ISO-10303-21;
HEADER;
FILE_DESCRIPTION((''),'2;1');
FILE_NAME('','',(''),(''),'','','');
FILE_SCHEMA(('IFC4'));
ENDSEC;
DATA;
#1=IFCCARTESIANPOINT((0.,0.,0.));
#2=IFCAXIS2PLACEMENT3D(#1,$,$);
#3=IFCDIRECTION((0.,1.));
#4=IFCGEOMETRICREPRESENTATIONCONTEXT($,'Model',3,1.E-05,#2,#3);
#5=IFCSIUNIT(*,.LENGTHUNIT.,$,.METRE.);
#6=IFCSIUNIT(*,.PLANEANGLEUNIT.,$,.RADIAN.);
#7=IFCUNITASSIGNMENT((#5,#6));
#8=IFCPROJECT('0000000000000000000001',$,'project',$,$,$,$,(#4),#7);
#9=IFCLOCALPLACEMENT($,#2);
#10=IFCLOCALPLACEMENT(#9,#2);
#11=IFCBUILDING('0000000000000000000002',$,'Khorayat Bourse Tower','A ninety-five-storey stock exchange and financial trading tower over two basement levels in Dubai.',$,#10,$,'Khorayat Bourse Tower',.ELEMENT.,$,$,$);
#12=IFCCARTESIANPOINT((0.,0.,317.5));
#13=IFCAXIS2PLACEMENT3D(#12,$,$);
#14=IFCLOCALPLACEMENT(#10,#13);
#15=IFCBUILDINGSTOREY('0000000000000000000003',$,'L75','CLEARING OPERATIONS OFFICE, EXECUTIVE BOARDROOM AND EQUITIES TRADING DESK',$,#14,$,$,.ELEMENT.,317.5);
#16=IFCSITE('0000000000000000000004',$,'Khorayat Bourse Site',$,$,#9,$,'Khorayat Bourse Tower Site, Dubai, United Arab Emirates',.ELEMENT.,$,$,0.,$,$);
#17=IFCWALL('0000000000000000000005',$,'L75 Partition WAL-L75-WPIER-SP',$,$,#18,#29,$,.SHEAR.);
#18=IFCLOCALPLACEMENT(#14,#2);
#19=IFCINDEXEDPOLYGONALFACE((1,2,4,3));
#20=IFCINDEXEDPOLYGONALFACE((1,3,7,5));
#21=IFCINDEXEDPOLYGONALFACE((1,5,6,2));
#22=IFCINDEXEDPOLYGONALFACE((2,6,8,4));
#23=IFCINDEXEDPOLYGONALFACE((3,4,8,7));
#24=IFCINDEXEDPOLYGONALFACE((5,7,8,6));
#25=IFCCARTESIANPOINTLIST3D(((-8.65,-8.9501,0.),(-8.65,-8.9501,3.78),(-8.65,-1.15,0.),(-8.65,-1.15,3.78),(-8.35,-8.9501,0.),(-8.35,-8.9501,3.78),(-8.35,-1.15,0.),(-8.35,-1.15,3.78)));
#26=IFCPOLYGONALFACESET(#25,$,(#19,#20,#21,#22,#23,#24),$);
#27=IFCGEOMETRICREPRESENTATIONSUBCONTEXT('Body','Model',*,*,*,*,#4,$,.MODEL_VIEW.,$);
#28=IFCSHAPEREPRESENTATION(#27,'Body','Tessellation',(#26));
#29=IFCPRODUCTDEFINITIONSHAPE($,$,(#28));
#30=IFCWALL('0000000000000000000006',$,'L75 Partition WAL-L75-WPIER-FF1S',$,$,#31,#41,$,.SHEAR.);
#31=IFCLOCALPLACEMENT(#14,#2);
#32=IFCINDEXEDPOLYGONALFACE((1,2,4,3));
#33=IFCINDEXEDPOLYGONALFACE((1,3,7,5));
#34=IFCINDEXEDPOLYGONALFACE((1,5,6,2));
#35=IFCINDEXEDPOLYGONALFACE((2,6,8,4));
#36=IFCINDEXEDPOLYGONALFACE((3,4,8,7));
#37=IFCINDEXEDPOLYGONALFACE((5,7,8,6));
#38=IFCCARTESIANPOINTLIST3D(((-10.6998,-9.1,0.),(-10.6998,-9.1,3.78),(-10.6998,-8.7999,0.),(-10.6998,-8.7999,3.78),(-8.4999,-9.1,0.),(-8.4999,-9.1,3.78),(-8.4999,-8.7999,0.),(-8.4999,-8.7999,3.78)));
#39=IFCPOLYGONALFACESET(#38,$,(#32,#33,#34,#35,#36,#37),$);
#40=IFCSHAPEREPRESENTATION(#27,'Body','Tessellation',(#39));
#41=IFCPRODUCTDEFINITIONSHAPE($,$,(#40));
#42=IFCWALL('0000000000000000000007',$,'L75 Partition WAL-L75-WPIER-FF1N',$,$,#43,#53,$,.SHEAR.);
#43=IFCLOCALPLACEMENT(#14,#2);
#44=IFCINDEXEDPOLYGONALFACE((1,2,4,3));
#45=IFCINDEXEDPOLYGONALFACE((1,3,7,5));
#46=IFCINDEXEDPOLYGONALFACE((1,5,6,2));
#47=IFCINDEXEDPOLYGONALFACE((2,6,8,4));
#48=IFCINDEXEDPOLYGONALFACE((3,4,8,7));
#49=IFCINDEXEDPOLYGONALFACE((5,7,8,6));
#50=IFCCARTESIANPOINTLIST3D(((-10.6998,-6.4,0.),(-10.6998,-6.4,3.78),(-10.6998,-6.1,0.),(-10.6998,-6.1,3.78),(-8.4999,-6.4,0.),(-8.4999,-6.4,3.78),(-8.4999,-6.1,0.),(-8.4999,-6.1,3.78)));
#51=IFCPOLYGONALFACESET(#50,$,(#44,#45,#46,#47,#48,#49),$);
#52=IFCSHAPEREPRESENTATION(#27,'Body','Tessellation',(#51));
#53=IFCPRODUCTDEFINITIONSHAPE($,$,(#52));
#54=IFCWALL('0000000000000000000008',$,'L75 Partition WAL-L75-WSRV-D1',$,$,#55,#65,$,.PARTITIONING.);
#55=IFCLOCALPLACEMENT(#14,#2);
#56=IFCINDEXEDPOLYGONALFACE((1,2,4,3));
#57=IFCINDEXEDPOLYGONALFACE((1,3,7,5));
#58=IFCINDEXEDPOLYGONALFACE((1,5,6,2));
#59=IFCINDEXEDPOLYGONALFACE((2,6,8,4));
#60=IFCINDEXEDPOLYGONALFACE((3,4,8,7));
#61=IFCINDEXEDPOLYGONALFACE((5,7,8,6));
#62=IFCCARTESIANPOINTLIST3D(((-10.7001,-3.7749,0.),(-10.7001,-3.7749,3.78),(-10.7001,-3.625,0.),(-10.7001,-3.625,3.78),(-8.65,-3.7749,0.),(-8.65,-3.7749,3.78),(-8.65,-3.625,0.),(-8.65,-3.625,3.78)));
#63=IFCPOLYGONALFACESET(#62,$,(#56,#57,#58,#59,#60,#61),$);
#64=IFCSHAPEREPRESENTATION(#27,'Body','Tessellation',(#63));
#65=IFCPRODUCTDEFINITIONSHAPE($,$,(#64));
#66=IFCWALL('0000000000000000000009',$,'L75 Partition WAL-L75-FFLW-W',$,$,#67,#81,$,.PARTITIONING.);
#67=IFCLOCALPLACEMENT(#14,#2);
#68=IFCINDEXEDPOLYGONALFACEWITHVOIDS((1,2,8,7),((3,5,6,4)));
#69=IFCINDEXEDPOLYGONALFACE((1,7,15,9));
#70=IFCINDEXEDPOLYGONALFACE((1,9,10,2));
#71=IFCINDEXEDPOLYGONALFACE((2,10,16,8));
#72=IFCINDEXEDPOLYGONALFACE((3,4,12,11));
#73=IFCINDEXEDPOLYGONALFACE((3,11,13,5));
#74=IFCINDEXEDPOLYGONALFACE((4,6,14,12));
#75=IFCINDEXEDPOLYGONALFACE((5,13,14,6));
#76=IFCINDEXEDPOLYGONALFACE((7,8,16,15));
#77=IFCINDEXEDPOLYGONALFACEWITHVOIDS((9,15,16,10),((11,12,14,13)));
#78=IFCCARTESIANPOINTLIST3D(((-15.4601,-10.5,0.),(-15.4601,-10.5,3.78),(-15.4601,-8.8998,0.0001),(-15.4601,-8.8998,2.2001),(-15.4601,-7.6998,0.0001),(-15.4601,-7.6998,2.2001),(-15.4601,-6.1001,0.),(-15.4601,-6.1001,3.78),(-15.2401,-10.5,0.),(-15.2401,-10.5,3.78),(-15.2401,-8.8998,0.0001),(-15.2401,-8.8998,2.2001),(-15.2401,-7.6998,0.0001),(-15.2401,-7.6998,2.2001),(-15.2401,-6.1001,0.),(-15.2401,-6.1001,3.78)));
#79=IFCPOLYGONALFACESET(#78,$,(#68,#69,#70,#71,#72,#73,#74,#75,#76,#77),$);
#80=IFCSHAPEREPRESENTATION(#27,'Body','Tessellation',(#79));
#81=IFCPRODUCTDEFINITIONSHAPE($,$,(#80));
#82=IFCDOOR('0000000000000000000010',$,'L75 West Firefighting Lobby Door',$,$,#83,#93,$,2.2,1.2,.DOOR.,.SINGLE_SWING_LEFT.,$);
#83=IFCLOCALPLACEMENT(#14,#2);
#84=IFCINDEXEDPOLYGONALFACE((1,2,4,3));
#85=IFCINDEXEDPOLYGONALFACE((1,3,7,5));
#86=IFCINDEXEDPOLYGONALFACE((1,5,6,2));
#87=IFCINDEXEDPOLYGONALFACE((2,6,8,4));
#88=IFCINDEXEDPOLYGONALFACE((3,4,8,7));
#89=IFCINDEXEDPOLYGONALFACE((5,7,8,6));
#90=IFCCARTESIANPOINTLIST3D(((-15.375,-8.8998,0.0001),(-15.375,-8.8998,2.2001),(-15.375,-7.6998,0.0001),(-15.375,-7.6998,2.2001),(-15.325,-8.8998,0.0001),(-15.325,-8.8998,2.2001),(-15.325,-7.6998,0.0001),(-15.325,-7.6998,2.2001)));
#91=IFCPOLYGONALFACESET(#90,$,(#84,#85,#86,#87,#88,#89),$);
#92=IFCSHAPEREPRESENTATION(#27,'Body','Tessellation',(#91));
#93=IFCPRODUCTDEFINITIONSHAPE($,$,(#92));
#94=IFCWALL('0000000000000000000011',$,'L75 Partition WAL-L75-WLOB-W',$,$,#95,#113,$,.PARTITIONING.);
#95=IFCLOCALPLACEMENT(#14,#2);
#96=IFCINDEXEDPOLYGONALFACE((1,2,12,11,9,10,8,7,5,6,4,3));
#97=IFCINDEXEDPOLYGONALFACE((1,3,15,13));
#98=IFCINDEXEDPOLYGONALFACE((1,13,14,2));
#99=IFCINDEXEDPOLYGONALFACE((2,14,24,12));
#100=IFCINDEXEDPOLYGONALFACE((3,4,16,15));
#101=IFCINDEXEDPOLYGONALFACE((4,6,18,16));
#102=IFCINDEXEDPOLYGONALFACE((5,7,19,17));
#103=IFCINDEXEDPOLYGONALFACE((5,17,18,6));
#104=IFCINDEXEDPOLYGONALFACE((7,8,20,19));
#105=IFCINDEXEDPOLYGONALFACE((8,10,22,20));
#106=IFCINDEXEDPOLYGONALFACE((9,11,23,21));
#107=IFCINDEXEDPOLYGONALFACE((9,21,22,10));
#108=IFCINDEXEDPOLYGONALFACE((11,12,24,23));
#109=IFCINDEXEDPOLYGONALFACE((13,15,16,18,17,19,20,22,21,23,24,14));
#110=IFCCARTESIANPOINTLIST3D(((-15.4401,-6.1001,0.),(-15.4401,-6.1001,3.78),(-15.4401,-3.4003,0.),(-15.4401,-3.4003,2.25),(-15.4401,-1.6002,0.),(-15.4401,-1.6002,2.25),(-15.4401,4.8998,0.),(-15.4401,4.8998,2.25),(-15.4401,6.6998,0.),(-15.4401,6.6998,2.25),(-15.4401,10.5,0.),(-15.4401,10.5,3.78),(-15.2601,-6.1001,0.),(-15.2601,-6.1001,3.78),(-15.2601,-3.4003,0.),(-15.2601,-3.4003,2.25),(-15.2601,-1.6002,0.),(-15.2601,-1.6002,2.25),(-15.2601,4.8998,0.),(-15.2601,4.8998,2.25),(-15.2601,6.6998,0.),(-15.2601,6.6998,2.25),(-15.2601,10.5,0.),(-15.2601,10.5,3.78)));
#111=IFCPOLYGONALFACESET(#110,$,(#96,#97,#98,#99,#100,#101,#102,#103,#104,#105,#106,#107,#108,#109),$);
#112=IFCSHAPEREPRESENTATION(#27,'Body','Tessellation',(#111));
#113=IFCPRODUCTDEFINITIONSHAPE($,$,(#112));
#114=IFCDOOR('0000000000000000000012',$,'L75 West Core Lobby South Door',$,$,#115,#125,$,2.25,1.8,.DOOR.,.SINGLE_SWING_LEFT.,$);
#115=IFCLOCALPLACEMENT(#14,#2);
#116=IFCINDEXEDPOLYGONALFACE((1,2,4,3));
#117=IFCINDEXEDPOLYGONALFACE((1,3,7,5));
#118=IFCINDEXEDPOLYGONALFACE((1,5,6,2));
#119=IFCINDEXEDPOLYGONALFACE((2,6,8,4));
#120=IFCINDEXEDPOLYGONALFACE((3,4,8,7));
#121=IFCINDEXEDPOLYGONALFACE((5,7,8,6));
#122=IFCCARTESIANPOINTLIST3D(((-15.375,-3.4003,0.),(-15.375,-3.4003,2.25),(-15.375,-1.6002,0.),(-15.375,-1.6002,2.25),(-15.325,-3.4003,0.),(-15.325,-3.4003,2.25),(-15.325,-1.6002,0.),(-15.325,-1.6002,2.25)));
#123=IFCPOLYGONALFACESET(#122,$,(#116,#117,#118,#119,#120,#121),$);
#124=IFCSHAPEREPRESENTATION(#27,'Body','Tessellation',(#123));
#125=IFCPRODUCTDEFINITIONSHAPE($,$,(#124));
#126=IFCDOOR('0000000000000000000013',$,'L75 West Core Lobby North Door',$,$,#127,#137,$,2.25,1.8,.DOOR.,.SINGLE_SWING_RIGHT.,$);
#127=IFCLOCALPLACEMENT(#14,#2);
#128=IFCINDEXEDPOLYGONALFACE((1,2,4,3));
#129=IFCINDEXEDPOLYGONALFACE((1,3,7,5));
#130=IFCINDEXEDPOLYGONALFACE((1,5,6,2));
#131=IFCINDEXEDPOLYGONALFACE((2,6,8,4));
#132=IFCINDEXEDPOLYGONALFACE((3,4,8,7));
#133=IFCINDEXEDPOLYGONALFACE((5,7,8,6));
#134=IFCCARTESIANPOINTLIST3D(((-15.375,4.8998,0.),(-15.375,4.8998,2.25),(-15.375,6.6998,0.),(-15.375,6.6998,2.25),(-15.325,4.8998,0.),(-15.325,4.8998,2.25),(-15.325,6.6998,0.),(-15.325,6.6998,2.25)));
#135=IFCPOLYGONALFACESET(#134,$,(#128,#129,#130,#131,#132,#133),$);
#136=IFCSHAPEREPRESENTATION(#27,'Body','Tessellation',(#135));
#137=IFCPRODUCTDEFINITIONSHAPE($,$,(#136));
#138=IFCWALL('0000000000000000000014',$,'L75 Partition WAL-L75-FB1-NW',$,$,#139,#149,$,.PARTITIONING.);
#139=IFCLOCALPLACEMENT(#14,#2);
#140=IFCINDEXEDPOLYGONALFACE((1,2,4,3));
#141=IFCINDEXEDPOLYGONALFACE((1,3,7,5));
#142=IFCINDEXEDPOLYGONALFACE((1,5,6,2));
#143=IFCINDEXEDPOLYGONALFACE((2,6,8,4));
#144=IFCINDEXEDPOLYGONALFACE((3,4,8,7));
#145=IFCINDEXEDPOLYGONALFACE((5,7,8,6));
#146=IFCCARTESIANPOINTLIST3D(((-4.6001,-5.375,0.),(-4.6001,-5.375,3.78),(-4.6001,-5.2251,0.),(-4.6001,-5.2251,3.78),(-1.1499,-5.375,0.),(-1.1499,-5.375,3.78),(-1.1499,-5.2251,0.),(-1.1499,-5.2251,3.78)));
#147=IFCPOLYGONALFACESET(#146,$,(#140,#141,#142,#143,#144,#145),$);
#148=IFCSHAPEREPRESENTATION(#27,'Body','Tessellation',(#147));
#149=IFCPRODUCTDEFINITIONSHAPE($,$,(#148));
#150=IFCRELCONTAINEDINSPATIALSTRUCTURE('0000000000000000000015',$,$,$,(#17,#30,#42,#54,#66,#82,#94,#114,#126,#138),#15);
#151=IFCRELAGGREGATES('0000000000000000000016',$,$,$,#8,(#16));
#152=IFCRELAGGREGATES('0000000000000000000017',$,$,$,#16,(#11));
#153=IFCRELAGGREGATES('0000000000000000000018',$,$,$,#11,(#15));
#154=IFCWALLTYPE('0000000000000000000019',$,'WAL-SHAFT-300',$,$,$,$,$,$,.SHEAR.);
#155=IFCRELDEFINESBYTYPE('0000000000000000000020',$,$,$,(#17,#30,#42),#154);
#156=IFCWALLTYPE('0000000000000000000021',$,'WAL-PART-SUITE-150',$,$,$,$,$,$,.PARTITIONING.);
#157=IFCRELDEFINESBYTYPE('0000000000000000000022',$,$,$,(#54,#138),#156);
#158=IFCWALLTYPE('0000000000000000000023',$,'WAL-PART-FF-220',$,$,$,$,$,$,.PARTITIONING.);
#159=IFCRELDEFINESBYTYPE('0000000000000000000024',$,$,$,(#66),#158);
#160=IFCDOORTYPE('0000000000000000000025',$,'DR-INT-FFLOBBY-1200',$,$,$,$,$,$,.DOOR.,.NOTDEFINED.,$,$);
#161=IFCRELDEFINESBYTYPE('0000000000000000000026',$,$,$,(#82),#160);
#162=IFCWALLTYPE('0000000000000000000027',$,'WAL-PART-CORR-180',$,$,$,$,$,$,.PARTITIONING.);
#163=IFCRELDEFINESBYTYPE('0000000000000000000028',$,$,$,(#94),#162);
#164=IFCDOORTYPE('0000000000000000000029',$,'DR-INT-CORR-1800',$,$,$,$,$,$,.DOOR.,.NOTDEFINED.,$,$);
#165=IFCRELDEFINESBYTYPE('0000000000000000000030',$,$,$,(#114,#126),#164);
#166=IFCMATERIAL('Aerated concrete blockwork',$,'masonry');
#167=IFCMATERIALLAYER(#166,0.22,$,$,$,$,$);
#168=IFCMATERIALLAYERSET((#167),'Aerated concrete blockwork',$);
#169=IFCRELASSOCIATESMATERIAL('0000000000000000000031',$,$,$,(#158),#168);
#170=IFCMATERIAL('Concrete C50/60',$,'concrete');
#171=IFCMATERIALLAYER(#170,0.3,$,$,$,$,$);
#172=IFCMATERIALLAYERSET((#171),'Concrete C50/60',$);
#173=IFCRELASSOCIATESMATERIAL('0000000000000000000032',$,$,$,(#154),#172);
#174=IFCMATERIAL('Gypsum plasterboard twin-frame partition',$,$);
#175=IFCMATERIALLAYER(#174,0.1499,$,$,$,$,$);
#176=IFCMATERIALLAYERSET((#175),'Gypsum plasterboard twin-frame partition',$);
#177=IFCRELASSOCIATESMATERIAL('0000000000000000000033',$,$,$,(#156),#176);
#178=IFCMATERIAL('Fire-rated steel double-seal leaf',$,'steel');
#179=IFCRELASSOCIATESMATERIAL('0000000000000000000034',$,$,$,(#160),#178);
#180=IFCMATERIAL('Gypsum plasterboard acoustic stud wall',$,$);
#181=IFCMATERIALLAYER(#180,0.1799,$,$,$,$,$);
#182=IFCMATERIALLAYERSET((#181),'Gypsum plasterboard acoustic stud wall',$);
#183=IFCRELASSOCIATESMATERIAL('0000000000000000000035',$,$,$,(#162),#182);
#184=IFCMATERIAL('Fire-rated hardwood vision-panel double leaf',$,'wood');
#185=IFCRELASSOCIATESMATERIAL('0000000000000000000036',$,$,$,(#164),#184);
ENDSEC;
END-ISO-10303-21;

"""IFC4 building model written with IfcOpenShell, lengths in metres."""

from ifc_helpers import new_model, si_unit, direction, frame, frame_2d, origin, place, context, subcontext, project, spatial, rectangle, extrude, source, transform, mapped, material, layer, layer_set, type_object, element, fill, save


model = new_model("IFC4")

# Units and contexts
model_context = context("Model", 3, precision=1e-05, world=origin(), true_north=direction((0.0, 1.0)))
body_context = subcontext(model_context, "Body", "Model", "MODEL_VIEW")
ifc_project = project(units=[si_unit("LENGTHUNIT", "METRE"), si_unit("PLANEANGLEUNIT", "RADIAN")], contexts=[model_context])

# Site, building, storey
site_placement = place(None, origin())
site = spatial("IfcSite", under=ifc_project, at=site_placement, Name="Khorayat Bourse Site", LongName="Khorayat Bourse Tower Site, Dubai, United Arab Emirates", CompositionType="ELEMENT", RefElevation=0.0)
building_placement = place(site_placement, origin())
building = spatial("IfcBuilding", under=site, at=building_placement, Name="Khorayat Bourse Tower", Description="A ninety-five-storey stock exchange and financial trading tower over two basement levels in Dubai.", LongName="Khorayat Bourse Tower", CompositionType="ELEMENT")
storey_placement = place(building_placement, frame((0.0, 0.0, 317.5)))
storey = spatial("IfcBuildingStorey", under=building, at=storey_placement, Name="L75", Description="CLEARING OPERATIONS OFFICE, EXECUTIVE BOARDROOM AND EQUITIES TRADING DESK", CompositionType="ELEMENT", Elevation=317.5)

# Walls
ifc_material_1 = material(Name="Aerated concrete blockwork", Category="masonry")
ifc_layer_1 = layer(ifc_material_1, 0.22)
ifc_layer_set_1 = layer_set([ifc_layer_1], Name="Aerated concrete blockwork")
wall_type_1 = type_object("IfcWallType", Name="WAL-PART-FF-220", PredefinedType="PARTITIONING", material=ifc_layer_set_1)
ifc_material_2 = material(Name="Concrete C50/60", Category="concrete")
ifc_layer_2 = layer(ifc_material_2, 0.3)
ifc_layer_set_2 = layer_set([ifc_layer_2], Name="Concrete C50/60")
wall_type_2 = type_object("IfcWallType", Name="WAL-SHAFT-300", PredefinedType="SHEAR", material=ifc_layer_set_2)
shared_shape_1 = source(origin(), body_context, "Body", "SweptSolid", [
    extrude(rectangle(XDim=7.8, YDim=0.3, at=frame_2d((3.8999, 0.0))), origin(), (0.0, 0.0, 1.0), 3.78),
])
wall_1_placement = place(storey_placement, frame((-8.5, -8.95, 0.0), z_axis=(0.0, 0.0, 1.0), x_axis=(0.0, 1.0, 0.0)))
element("IfcWall", 1, at=wall_1_placement, inside=storey, type_object=wall_type_2, Name="L75 Partition WAL-L75-WPIER-SP", PredefinedType="SHEAR", context=body_context, shape_type="MappedRepresentation", body=[
    mapped(shared_shape_1, transform((0.0, 0.0, 0.0), scale=1.0)),
])
shared_shape_2 = source(origin(), body_context, "Body", "SweptSolid", [
    extrude(rectangle(XDim=2.2, YDim=0.3, at=frame_2d((1.1001, 0.0))), origin(), (0.0, 0.0, 1.0), 3.78),
])
for number, where, z_axis, x_axis, name in (
    (2, (-10.7, -8.95, 0.0), (0.0, 0.0, 1.0), (1.0, 0.0, 0.0), "L75 Partition WAL-L75-WPIER-FF1S"),
    (3, (-10.7, -6.25, 0.0), (0.0, 0.0, 1.0), (1.0, 0.0, 0.0), "L75 Partition WAL-L75-WPIER-FF1N"),
):
    element("IfcWall", number, at=place(storey_placement, frame(where, z_axis=z_axis, x_axis=x_axis)), inside=storey, type_object=wall_type_2, Name=name, PredefinedType="SHEAR", context=body_context, shape_type="MappedRepresentation", body=[
        mapped(shared_shape_2, transform((0.0, 0.0, 0.0), scale=1.0)),
    ])
ifc_material_3 = material(Name="Gypsum plasterboard twin-frame partition")
ifc_layer_3 = layer(ifc_material_3, 0.1499)
ifc_layer_set_3 = layer_set([ifc_layer_3], Name="Gypsum plasterboard twin-frame partition")
wall_type_3 = type_object("IfcWallType", Name="WAL-PART-SUITE-150", PredefinedType="PARTITIONING", material=ifc_layer_set_3)
shared_shape_3 = source(origin(), body_context, "Body", "SweptSolid", [
    extrude(rectangle(XDim=2.05, YDim=0.1499, at=frame_2d((1.0249, 0.0))), origin(), (0.0, 0.0, 1.0), 3.78),
])
wall_2_placement = place(storey_placement, frame((-10.7, -3.7, 0.0), z_axis=(0.0, 0.0, 1.0), x_axis=(1.0, 0.0, 0.0)))
element("IfcWall", 4, at=wall_2_placement, inside=storey, type_object=wall_type_3, Name="L75 Partition WAL-L75-WSRV-D1", PredefinedType="PARTITIONING", context=body_context, shape_type="MappedRepresentation", body=[
    mapped(shared_shape_3, transform((0.0, 0.0, 0.0), scale=1.0)),
])

# Wall, opening, door
shared_shape_4 = source(origin(), body_context, "Body", "SweptSolid", [
    extrude(rectangle(XDim=4.3999, YDim=0.22, at=frame_2d((2.2, 0.0))), origin(), (0.0, 0.0, 1.0), 3.78),
])
wall_3_placement = place(storey_placement, frame((-15.3501, -10.5, 0.0), z_axis=(0.0, 0.0, 1.0), x_axis=(0.0, 1.0, 0.0)))
wall_3 = element("IfcWall", 5, at=wall_3_placement, inside=storey, type_object=wall_type_1, Name="L75 Partition WAL-L75-FFLW-W", PredefinedType="PARTITIONING", context=body_context, shape_type="MappedRepresentation", body=[
    mapped(shared_shape_4, transform((0.0, 0.0, 0.0), scale=1.0)),
])
shared_shape_5 = source(origin(), body_context, "Body", "SweptSolid", [
    extrude(rectangle(XDim=1.2, YDim=2.2, at=frame_2d((0.6001, 1.1001))), frame((0.0, 0.1199, 0.0), z_axis=(0.0, -1.0, 0.0), x_axis=(1.0, 0.0, 0.0)), (0.0, 0.0, 1.0), 0.24),
])
opening_1_placement = place(wall_3_placement, frame((1.6001, 0.0, 0.0)))
opening_1 = element("IfcOpeningElement", 6, at=opening_1_placement, cuts=wall_3, PredefinedType="OPENING", context=body_context, shape_type="MappedRepresentation", body=[
    mapped(shared_shape_5, transform((0.0, 0.0, 0.0), scale=1.0)),
])
ifc_material_4 = material(Name="Fire-rated steel double-seal leaf", Category="steel")
door_type_1 = type_object("IfcDoorType", Name="DR-INT-FFLOBBY-1200", OperationType="NOTDEFINED", PredefinedType="DOOR", material=ifc_material_4)
shared_shape_6 = source(origin(), body_context, "Body", "SweptSolid", [
    extrude(rectangle(XDim=1.2, YDim=2.2, at=frame_2d((0.6001, 1.1001))), frame((0.0, 0.0249, 0.0), z_axis=(0.0, -1.0, 0.0), x_axis=(1.0, 0.0, 0.0)), (0.0, 0.0, 1.0), 0.05),
])
door_1_placement = place(opening_1_placement, origin())
door_1 = element("IfcDoor", 7, at=door_1_placement, inside=storey, type_object=door_type_1, Name="L75 West Firefighting Lobby Door", OperationType="SINGLE_SWING_LEFT", OverallHeight=2.2, OverallWidth=1.2, PredefinedType="DOOR", context=body_context, shape_type="MappedRepresentation", body=[
    mapped(shared_shape_6, transform((0.0, 0.0, 0.0), scale=1.0)),
])
fill(opening_1, door_1)

# Wall, openings, doors
ifc_material_5 = material(Name="Gypsum plasterboard acoustic stud wall")
ifc_layer_4 = layer(ifc_material_5, 0.1799)
ifc_layer_set_4 = layer_set([ifc_layer_4], Name="Gypsum plasterboard acoustic stud wall")
wall_type_4 = type_object("IfcWallType", Name="WAL-PART-CORR-180", PredefinedType="PARTITIONING", material=ifc_layer_set_4)
shared_shape_7 = source(origin(), body_context, "Body", "SweptSolid", [
    extrude(rectangle(XDim=16.6001, YDim=0.1799, at=frame_2d((8.3, 0.0))), origin(), (0.0, 0.0, 1.0), 3.78),
])
wall_4_placement = place(storey_placement, frame((-15.3501, -6.1001, 0.0), z_axis=(0.0, 0.0, 1.0), x_axis=(0.0, 1.0, 0.0)))
wall_4 = element("IfcWall", 8, at=wall_4_placement, inside=storey, type_object=wall_type_4, Name="L75 Partition WAL-L75-WLOB-W", PredefinedType="PARTITIONING", context=body_context, shape_type="MappedRepresentation", body=[
    mapped(shared_shape_7, transform((0.0, 0.0, 0.0), scale=1.0)),
])
shared_shape_8 = source(origin(), body_context, "Body", "SweptSolid", [
    extrude(rectangle(XDim=1.8, YDim=2.25, at=frame_2d((0.8999, 1.125))), frame((0.0, 0.0999, 0.0), z_axis=(0.0, -1.0, 0.0), x_axis=(1.0, 0.0, 0.0)), (0.0, 0.0, 1.0), 0.2),
])
opening_2_placement = place(wall_4_placement, frame((2.7, 0.0, 0.0)))
opening_2 = element("IfcOpeningElement", 9, at=opening_2_placement, cuts=wall_4, PredefinedType="OPENING", context=body_context, shape_type="MappedRepresentation", body=[
    mapped(shared_shape_8, transform((0.0, 0.0, 0.0), scale=1.0)),
])
opening_3_placement = place(wall_4_placement, frame((11.0, 0.0, 0.0)))
opening_3 = element("IfcOpeningElement", 10, at=opening_3_placement, cuts=wall_4, PredefinedType="OPENING", context=body_context, shape_type="MappedRepresentation", body=[
    mapped(shared_shape_8, transform((0.0, 0.0, 0.0), scale=1.0)),
])
ifc_material_6 = material(Name="Fire-rated hardwood vision-panel double leaf", Category="wood")
door_type_2 = type_object("IfcDoorType", Name="DR-INT-CORR-1800", OperationType="NOTDEFINED", PredefinedType="DOOR", material=ifc_material_6)
shared_shape_9 = source(origin(), body_context, "Body", "SweptSolid", [
    extrude(rectangle(XDim=1.8, YDim=2.25, at=frame_2d((0.8999, 1.125))), frame((0.0, 0.0249, 0.0), z_axis=(0.0, -1.0, 0.0), x_axis=(1.0, 0.0, 0.0)), (0.0, 0.0, 1.0), 0.05),
])
door_2_placement = place(opening_2_placement, origin())
door_2 = element("IfcDoor", 11, at=door_2_placement, inside=storey, type_object=door_type_2, Name="L75 West Core Lobby South Door", OperationType="SINGLE_SWING_LEFT", OverallHeight=2.25, OverallWidth=1.8, PredefinedType="DOOR", context=body_context, shape_type="MappedRepresentation", body=[
    mapped(shared_shape_9, transform((0.0, 0.0, 0.0), scale=1.0)),
])
fill(opening_2, door_2)
door_3_placement = place(opening_3_placement, origin())
door_3 = element("IfcDoor", 12, at=door_3_placement, inside=storey, type_object=door_type_2, Name="L75 West Core Lobby North Door", OperationType="SINGLE_SWING_RIGHT", OverallHeight=2.25, OverallWidth=1.8, PredefinedType="DOOR", context=body_context, shape_type="MappedRepresentation", body=[
    mapped(shared_shape_9, transform((0.0, 0.0, 0.0), scale=1.0)),
])
fill(opening_3, door_3)

# Wall
shared_shape_10 = source(origin(), body_context, "Body", "SweptSolid", [
    extrude(rectangle(XDim=3.4502, YDim=0.1499, at=frame_2d((1.7251, 0.0))), origin(), (0.0, 0.0, 1.0), 3.78),
])
wall_5_placement = place(storey_placement, frame((-4.6001, -5.3, 0.0), z_axis=(0.0, 0.0, 1.0), x_axis=(1.0, 0.0, 0.0)))
element("IfcWall", 13, at=wall_5_placement, inside=storey, type_object=wall_type_3, Name="L75 Partition WAL-L75-FB1-NW", PredefinedType="PARTITIONING", context=body_context, shape_type="MappedRepresentation", body=[
    mapped(shared_shape_10, transform((0.0, 0.0, 0.0), scale=1.0)),
])

save(model, "model.ifc")
